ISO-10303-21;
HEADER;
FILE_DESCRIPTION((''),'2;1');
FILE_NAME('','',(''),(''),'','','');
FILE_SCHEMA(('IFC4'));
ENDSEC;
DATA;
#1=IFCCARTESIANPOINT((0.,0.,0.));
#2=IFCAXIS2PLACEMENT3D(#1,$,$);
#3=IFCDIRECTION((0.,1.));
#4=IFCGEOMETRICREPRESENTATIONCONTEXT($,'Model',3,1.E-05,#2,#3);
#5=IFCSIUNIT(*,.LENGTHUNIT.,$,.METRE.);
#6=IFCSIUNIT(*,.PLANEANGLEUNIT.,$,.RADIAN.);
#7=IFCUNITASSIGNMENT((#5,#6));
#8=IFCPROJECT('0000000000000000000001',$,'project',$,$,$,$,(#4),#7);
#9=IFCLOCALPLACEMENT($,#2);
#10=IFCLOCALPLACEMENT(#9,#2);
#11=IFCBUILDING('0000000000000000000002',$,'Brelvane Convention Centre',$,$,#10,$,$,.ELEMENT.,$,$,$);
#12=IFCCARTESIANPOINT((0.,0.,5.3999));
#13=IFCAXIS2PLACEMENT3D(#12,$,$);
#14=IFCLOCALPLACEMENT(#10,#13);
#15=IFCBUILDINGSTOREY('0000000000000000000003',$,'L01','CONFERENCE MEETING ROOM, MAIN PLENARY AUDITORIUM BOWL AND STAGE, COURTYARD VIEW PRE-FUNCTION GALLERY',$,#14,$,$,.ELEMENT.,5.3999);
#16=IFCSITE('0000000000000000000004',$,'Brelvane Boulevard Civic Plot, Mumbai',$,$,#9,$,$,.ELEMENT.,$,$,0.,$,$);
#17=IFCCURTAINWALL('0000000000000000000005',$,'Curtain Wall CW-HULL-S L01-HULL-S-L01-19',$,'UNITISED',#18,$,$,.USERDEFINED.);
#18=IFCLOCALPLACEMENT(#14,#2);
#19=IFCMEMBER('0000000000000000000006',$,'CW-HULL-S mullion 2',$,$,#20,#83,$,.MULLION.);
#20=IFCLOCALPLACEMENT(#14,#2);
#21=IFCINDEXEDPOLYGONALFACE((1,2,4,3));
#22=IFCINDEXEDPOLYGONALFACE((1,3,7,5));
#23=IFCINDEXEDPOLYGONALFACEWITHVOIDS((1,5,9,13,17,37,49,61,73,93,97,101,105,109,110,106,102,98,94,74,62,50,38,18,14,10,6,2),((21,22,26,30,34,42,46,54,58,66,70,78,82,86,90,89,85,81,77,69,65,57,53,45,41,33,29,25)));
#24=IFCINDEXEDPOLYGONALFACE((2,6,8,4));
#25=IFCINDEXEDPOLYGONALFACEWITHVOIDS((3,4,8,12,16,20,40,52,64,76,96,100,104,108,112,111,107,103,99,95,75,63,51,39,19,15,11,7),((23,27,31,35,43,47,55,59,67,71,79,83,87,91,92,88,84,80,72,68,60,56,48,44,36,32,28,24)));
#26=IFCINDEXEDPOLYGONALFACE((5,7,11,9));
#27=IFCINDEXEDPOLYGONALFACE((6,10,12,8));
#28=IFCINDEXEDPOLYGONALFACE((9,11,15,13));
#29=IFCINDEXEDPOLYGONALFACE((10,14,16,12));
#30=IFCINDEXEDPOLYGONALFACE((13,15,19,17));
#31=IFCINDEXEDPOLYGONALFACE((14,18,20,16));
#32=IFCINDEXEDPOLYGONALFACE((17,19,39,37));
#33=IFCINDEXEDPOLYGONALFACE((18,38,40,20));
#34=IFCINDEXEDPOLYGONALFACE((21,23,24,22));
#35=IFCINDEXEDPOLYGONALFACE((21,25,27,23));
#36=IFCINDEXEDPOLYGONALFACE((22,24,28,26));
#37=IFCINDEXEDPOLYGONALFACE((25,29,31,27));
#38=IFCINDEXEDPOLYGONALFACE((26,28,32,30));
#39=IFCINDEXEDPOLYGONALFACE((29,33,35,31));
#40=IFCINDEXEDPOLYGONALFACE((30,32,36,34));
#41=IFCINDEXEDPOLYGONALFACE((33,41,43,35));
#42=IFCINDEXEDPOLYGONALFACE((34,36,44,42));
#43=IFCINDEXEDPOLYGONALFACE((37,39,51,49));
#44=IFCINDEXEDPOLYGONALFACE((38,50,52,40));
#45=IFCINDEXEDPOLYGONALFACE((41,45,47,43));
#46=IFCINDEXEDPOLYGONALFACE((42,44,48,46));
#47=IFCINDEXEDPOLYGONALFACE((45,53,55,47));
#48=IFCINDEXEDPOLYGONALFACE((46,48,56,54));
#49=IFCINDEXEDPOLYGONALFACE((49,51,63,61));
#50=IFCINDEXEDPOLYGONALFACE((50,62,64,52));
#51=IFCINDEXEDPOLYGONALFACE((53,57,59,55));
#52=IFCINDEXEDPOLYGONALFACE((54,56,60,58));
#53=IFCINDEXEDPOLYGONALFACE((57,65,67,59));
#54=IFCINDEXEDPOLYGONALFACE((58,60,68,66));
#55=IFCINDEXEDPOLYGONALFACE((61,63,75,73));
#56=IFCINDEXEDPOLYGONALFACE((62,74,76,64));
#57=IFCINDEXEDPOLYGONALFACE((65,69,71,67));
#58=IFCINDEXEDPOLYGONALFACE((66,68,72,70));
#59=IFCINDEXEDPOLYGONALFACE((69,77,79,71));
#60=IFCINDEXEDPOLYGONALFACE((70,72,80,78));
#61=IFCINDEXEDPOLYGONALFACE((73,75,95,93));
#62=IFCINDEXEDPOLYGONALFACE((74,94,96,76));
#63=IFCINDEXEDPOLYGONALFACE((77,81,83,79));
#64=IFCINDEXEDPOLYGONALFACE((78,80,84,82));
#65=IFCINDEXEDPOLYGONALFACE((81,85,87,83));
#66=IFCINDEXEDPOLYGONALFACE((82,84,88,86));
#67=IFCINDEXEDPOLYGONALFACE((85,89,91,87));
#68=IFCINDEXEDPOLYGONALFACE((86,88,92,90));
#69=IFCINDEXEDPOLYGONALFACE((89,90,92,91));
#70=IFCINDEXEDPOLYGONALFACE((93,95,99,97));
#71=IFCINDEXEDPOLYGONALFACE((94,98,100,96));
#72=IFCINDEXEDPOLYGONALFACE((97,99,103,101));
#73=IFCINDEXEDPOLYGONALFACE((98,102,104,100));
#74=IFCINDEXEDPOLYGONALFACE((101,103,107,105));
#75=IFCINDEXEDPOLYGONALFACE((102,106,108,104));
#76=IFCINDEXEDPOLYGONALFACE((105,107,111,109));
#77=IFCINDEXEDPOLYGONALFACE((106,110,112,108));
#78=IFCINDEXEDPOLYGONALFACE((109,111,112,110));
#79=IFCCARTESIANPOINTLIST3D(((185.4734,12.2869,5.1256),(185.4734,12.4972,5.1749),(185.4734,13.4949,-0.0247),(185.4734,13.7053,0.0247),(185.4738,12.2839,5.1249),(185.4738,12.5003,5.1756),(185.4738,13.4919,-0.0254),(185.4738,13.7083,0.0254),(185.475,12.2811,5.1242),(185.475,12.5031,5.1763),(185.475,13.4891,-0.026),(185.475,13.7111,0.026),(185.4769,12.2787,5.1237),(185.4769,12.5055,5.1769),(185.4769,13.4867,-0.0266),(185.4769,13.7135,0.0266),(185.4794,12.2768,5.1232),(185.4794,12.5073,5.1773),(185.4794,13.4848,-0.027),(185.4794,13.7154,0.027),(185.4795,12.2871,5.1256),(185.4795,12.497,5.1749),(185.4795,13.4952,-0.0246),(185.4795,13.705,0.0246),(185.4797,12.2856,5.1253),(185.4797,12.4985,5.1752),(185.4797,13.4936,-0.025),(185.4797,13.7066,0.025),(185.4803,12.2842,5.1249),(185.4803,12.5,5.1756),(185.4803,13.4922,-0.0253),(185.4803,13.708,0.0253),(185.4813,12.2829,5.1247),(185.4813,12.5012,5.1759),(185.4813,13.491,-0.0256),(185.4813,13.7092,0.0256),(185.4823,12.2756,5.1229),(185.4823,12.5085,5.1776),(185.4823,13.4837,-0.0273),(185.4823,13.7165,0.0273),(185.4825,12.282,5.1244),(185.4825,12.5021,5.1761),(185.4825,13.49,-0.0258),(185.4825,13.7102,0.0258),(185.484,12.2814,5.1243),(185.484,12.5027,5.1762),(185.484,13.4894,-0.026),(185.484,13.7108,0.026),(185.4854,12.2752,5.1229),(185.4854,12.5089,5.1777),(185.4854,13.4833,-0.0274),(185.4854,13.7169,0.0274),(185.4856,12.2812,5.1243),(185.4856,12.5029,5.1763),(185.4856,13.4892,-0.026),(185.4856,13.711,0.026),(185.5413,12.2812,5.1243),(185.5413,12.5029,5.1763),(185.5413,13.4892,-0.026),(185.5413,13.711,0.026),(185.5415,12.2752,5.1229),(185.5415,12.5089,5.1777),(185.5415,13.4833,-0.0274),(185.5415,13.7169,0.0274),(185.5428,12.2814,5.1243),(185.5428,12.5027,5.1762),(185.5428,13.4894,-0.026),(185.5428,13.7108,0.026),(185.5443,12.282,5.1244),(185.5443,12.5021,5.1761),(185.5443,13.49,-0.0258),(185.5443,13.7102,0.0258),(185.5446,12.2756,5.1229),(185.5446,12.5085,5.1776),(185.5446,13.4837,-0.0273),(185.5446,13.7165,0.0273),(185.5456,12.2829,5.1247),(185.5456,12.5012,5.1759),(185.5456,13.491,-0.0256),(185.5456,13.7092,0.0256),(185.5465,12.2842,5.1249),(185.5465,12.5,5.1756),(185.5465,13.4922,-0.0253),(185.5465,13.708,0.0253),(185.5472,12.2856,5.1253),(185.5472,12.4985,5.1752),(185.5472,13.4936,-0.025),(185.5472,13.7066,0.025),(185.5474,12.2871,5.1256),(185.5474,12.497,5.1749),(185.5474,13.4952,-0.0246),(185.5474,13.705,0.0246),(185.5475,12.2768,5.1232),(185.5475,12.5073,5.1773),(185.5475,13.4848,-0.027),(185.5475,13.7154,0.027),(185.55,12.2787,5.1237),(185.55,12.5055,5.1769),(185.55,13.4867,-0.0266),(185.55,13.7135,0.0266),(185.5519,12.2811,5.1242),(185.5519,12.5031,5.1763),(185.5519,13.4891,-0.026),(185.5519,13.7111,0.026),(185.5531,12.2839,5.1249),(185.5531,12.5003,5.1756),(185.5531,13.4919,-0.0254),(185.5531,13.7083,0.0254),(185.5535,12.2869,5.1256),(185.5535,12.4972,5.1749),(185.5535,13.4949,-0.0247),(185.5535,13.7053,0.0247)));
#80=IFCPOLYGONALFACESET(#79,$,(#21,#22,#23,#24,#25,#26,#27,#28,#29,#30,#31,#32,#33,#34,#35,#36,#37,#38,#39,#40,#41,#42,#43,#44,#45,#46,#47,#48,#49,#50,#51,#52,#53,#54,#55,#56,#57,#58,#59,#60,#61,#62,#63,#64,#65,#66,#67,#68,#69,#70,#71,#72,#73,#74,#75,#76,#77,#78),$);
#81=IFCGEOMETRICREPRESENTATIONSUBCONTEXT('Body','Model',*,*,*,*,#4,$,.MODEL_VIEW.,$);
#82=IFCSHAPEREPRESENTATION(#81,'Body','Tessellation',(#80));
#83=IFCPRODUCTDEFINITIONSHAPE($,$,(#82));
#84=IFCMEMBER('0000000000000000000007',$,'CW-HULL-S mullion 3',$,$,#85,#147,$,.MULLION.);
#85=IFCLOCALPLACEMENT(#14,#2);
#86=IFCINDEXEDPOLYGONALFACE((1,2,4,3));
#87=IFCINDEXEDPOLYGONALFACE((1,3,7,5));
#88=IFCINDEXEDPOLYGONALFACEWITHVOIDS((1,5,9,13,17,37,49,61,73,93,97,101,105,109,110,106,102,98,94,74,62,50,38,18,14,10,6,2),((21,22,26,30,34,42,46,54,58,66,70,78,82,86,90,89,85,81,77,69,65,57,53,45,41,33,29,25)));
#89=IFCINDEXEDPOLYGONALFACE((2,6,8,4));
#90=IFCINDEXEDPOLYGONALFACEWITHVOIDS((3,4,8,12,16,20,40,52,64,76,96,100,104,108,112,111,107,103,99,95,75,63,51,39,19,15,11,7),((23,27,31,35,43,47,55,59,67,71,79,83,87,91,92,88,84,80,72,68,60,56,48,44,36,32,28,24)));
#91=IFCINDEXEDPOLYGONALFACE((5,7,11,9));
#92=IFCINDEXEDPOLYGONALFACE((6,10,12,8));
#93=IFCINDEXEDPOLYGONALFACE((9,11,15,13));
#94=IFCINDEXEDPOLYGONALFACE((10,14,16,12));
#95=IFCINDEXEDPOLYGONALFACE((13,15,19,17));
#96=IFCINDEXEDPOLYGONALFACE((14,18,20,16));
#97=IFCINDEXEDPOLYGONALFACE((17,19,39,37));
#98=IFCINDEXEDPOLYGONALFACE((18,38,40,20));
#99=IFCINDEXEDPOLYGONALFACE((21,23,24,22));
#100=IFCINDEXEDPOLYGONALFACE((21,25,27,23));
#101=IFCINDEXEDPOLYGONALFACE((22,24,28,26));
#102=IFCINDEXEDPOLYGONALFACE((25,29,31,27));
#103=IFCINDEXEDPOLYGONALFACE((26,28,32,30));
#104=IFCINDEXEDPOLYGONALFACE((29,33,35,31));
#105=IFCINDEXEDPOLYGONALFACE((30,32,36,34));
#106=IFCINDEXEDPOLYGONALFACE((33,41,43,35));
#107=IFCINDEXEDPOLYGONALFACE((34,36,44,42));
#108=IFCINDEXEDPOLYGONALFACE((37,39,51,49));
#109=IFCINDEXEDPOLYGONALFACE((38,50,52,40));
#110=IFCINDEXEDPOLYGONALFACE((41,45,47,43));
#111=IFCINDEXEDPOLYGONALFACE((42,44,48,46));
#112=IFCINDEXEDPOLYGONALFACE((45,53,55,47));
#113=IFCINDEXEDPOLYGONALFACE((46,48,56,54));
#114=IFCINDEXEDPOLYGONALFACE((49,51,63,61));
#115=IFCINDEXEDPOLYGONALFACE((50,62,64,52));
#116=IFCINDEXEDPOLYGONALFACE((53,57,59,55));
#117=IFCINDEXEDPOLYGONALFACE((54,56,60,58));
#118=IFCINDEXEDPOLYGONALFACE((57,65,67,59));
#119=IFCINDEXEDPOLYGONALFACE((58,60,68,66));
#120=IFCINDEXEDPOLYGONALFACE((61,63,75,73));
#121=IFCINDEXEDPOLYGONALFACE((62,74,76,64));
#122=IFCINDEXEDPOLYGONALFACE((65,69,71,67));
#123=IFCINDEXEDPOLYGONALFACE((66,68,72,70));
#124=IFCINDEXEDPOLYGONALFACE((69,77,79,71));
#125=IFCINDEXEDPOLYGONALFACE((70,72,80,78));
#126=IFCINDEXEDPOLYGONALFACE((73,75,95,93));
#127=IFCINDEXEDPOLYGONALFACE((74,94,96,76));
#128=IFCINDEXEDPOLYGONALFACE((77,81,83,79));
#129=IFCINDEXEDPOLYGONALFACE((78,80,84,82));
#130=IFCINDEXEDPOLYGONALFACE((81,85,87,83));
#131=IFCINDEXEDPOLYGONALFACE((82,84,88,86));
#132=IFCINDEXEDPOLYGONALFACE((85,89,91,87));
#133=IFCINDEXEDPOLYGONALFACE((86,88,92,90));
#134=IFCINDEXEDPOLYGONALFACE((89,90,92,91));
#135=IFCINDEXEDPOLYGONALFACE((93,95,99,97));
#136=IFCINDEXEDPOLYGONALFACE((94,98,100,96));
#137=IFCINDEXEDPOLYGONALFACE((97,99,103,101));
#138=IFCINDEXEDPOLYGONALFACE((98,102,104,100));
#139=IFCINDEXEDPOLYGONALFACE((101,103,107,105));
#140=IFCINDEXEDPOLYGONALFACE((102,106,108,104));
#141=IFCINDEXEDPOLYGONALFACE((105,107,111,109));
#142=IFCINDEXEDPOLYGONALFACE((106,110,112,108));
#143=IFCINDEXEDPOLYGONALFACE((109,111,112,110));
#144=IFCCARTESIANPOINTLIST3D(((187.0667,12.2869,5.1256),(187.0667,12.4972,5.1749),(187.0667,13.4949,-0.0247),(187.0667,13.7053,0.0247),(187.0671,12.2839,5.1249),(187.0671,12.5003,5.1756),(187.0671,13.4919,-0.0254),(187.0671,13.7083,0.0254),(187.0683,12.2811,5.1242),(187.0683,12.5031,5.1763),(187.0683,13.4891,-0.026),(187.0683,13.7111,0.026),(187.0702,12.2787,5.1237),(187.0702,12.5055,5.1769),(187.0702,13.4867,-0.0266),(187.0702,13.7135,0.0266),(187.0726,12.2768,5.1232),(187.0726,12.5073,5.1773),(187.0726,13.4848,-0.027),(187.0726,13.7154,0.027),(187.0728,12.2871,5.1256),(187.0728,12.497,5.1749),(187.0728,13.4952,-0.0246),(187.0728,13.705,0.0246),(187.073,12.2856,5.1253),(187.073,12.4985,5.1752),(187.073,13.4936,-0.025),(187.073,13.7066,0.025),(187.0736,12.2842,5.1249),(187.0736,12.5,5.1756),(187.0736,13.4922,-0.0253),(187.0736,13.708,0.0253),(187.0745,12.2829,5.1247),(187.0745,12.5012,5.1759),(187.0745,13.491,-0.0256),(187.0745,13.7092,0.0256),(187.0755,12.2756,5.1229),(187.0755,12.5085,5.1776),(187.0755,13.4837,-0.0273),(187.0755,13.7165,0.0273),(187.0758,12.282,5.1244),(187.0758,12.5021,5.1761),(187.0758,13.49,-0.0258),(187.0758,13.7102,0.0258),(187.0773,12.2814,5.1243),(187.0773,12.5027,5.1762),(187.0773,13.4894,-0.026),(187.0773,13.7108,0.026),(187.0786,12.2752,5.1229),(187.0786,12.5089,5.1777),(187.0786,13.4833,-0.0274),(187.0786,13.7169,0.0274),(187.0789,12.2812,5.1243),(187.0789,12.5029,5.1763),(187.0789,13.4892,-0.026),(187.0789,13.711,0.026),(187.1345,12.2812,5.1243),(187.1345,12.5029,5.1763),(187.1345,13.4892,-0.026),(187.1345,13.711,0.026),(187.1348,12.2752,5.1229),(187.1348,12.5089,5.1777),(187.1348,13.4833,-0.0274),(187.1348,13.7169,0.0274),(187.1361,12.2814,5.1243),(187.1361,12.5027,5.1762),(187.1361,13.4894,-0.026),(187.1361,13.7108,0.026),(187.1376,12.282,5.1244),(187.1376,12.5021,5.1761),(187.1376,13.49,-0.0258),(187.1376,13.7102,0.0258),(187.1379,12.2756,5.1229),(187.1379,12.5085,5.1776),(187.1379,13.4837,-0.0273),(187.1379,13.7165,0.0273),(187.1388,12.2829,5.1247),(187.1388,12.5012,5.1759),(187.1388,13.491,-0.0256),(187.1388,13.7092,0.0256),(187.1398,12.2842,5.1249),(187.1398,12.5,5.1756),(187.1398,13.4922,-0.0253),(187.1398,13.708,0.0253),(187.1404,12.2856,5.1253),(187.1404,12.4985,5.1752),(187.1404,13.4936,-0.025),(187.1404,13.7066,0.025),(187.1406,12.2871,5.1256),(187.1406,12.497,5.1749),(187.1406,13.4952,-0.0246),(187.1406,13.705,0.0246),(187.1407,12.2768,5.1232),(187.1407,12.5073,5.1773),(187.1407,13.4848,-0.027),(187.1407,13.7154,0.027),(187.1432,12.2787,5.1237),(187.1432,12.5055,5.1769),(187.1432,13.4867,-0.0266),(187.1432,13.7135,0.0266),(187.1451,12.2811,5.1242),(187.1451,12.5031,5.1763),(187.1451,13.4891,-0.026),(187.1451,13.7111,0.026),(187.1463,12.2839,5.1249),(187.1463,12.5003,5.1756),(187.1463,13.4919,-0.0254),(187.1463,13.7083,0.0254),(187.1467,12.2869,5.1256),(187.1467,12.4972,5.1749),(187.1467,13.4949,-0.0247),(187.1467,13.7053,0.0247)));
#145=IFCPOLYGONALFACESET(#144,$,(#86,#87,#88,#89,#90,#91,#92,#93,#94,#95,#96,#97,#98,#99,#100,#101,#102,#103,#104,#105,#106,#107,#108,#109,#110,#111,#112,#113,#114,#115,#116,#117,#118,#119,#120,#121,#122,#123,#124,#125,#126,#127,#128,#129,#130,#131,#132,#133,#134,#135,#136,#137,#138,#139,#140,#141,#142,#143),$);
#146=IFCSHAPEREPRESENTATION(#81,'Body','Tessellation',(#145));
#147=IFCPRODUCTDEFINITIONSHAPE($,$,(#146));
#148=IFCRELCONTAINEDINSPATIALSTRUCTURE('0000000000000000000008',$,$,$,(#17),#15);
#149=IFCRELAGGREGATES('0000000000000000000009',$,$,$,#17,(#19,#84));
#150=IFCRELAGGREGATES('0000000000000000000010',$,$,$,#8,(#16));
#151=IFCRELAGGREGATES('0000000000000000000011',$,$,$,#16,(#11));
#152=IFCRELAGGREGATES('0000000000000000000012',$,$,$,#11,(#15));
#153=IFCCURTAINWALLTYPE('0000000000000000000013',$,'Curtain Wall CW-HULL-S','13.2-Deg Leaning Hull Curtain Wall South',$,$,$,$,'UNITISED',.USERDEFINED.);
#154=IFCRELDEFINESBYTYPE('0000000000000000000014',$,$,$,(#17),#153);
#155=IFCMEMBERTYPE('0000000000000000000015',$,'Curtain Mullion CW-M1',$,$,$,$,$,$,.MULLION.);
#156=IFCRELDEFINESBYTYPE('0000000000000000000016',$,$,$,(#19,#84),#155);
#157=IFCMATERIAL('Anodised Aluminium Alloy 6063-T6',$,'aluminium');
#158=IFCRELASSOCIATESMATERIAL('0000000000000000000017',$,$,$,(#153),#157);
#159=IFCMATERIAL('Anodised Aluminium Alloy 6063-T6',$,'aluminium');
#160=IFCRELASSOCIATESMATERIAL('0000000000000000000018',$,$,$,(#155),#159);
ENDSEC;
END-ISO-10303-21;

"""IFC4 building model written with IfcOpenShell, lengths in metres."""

from ifc_helpers import new_model, si_unit, direction, frame, origin, origin_2d, place, context, subcontext, project, spatial, hollow_rectangle, extrude, material, material_profile, profile_set, type_object, element, aggregate, save


model = new_model("IFC4")

# Units and contexts
model_context = context("Model", 3, precision=1e-05, world=origin(), true_north=direction((0.0, 1.0)))
body_context = subcontext(model_context, "Body", "Model", "MODEL_VIEW")
ifc_project = project(units=[si_unit("LENGTHUNIT", "METRE"), si_unit("PLANEANGLEUNIT", "RADIAN")], contexts=[model_context])

# Site, building, storey
site_placement = place(None, origin())
site = spatial("IfcSite", under=ifc_project, at=site_placement, Name="Brelvane Boulevard Civic Plot, Mumbai", CompositionType="ELEMENT", RefElevation=0.0)
building_placement = place(site_placement, origin())
building = spatial("IfcBuilding", under=site, at=building_placement, Name="Brelvane Convention Centre", CompositionType="ELEMENT")
storey_placement = place(building_placement, frame((0.0, 0.0, 5.3999)))
storey = spatial("IfcBuildingStorey", under=building, at=storey_placement, Name="L01", Description="CONFERENCE MEETING ROOM, MAIN PLENARY AUDITORIUM BOWL AND STAGE, COURTYARD VIEW PRE-FUNCTION GALLERY", CompositionType="ELEMENT", Elevation=5.3999)

# Curtain wall, members
ifc_material_1 = material(Name="Anodised Aluminium Alloy 6063-T6", Category="aluminium")
curtain_wall_type = type_object("IfcCurtainWallType", Name="Curtain Wall CW-HULL-S", Description="13.2-Deg Leaning Hull Curtain Wall South", ElementType="UNITISED", PredefinedType="USERDEFINED", material=ifc_material_1)
ifc_material_2 = material(Name="Anodised Aluminium Alloy 6063-T6", Category="aluminium")
ifc_material_profile_1 = material_profile(ifc_material_2, hollow_rectangle(XDim=0.0801, YDim=0.24, WallThickness=0.0061, InnerFilletRadius=0.0061, OuterFilletRadius=0.012, at=origin_2d()), Name="ALU-M 240x80x6.0")
ifc_profile_set_1 = profile_set([ifc_material_profile_1], Name="Anodised Aluminium Alloy 6063-T6")
member_type_1 = type_object("IfcMemberType", Name="Curtain Mullion CW-M1", PredefinedType="MULLION", material=ifc_profile_set_1)
curtain_wall_1_placement = place(storey_placement, origin())
curtain_wall_1 = element("IfcCurtainWall", 1, at=curtain_wall_1_placement, inside=storey, type_object=curtain_wall_type, Name="Curtain Wall CW-HULL-S L01-HULL-S-L01-19", ObjectType="UNITISED", PredefinedType="USERDEFINED")
member_1_placement = place(storey_placement, frame((185.5134, 13.6001, 0.0), z_axis=(0.0, -0.22836, 0.973577), x_axis=(1.0, 0.0, 0.0)))
member_1 = element("IfcMember", 2, at=member_1_placement, type_object=member_type_1, Name="CW-HULL-S mullion 2", PredefinedType="MULLION", context=body_context, shape_type="SweptSolid", body=[
    extrude(hollow_rectangle(XDim=0.0801, YDim=0.24, WallThickness=0.0061, InnerFilletRadius=0.0061, OuterFilletRadius=0.012, at=origin_2d()), origin(), (0.0, 0.0, 1.0), 5.29),
])
member_2_placement = place(storey_placement, frame((187.1067, 13.6001, 0.0), z_axis=(0.0, -0.22836, 0.973577), x_axis=(1.0, 0.0, 0.0)))
member_2 = element("IfcMember", 3, at=member_2_placement, type_object=member_type_1, Name="CW-HULL-S mullion 3", PredefinedType="MULLION", context=body_context, shape_type="SweptSolid", body=[
    extrude(hollow_rectangle(XDim=0.0801, YDim=0.24, WallThickness=0.0061, InnerFilletRadius=0.0061, OuterFilletRadius=0.012, at=origin_2d()), origin(), (0.0, 0.0, 1.0), 5.29),
])
aggregate(curtain_wall_1, [member_1, member_2])

save(model, "model.ifc")
